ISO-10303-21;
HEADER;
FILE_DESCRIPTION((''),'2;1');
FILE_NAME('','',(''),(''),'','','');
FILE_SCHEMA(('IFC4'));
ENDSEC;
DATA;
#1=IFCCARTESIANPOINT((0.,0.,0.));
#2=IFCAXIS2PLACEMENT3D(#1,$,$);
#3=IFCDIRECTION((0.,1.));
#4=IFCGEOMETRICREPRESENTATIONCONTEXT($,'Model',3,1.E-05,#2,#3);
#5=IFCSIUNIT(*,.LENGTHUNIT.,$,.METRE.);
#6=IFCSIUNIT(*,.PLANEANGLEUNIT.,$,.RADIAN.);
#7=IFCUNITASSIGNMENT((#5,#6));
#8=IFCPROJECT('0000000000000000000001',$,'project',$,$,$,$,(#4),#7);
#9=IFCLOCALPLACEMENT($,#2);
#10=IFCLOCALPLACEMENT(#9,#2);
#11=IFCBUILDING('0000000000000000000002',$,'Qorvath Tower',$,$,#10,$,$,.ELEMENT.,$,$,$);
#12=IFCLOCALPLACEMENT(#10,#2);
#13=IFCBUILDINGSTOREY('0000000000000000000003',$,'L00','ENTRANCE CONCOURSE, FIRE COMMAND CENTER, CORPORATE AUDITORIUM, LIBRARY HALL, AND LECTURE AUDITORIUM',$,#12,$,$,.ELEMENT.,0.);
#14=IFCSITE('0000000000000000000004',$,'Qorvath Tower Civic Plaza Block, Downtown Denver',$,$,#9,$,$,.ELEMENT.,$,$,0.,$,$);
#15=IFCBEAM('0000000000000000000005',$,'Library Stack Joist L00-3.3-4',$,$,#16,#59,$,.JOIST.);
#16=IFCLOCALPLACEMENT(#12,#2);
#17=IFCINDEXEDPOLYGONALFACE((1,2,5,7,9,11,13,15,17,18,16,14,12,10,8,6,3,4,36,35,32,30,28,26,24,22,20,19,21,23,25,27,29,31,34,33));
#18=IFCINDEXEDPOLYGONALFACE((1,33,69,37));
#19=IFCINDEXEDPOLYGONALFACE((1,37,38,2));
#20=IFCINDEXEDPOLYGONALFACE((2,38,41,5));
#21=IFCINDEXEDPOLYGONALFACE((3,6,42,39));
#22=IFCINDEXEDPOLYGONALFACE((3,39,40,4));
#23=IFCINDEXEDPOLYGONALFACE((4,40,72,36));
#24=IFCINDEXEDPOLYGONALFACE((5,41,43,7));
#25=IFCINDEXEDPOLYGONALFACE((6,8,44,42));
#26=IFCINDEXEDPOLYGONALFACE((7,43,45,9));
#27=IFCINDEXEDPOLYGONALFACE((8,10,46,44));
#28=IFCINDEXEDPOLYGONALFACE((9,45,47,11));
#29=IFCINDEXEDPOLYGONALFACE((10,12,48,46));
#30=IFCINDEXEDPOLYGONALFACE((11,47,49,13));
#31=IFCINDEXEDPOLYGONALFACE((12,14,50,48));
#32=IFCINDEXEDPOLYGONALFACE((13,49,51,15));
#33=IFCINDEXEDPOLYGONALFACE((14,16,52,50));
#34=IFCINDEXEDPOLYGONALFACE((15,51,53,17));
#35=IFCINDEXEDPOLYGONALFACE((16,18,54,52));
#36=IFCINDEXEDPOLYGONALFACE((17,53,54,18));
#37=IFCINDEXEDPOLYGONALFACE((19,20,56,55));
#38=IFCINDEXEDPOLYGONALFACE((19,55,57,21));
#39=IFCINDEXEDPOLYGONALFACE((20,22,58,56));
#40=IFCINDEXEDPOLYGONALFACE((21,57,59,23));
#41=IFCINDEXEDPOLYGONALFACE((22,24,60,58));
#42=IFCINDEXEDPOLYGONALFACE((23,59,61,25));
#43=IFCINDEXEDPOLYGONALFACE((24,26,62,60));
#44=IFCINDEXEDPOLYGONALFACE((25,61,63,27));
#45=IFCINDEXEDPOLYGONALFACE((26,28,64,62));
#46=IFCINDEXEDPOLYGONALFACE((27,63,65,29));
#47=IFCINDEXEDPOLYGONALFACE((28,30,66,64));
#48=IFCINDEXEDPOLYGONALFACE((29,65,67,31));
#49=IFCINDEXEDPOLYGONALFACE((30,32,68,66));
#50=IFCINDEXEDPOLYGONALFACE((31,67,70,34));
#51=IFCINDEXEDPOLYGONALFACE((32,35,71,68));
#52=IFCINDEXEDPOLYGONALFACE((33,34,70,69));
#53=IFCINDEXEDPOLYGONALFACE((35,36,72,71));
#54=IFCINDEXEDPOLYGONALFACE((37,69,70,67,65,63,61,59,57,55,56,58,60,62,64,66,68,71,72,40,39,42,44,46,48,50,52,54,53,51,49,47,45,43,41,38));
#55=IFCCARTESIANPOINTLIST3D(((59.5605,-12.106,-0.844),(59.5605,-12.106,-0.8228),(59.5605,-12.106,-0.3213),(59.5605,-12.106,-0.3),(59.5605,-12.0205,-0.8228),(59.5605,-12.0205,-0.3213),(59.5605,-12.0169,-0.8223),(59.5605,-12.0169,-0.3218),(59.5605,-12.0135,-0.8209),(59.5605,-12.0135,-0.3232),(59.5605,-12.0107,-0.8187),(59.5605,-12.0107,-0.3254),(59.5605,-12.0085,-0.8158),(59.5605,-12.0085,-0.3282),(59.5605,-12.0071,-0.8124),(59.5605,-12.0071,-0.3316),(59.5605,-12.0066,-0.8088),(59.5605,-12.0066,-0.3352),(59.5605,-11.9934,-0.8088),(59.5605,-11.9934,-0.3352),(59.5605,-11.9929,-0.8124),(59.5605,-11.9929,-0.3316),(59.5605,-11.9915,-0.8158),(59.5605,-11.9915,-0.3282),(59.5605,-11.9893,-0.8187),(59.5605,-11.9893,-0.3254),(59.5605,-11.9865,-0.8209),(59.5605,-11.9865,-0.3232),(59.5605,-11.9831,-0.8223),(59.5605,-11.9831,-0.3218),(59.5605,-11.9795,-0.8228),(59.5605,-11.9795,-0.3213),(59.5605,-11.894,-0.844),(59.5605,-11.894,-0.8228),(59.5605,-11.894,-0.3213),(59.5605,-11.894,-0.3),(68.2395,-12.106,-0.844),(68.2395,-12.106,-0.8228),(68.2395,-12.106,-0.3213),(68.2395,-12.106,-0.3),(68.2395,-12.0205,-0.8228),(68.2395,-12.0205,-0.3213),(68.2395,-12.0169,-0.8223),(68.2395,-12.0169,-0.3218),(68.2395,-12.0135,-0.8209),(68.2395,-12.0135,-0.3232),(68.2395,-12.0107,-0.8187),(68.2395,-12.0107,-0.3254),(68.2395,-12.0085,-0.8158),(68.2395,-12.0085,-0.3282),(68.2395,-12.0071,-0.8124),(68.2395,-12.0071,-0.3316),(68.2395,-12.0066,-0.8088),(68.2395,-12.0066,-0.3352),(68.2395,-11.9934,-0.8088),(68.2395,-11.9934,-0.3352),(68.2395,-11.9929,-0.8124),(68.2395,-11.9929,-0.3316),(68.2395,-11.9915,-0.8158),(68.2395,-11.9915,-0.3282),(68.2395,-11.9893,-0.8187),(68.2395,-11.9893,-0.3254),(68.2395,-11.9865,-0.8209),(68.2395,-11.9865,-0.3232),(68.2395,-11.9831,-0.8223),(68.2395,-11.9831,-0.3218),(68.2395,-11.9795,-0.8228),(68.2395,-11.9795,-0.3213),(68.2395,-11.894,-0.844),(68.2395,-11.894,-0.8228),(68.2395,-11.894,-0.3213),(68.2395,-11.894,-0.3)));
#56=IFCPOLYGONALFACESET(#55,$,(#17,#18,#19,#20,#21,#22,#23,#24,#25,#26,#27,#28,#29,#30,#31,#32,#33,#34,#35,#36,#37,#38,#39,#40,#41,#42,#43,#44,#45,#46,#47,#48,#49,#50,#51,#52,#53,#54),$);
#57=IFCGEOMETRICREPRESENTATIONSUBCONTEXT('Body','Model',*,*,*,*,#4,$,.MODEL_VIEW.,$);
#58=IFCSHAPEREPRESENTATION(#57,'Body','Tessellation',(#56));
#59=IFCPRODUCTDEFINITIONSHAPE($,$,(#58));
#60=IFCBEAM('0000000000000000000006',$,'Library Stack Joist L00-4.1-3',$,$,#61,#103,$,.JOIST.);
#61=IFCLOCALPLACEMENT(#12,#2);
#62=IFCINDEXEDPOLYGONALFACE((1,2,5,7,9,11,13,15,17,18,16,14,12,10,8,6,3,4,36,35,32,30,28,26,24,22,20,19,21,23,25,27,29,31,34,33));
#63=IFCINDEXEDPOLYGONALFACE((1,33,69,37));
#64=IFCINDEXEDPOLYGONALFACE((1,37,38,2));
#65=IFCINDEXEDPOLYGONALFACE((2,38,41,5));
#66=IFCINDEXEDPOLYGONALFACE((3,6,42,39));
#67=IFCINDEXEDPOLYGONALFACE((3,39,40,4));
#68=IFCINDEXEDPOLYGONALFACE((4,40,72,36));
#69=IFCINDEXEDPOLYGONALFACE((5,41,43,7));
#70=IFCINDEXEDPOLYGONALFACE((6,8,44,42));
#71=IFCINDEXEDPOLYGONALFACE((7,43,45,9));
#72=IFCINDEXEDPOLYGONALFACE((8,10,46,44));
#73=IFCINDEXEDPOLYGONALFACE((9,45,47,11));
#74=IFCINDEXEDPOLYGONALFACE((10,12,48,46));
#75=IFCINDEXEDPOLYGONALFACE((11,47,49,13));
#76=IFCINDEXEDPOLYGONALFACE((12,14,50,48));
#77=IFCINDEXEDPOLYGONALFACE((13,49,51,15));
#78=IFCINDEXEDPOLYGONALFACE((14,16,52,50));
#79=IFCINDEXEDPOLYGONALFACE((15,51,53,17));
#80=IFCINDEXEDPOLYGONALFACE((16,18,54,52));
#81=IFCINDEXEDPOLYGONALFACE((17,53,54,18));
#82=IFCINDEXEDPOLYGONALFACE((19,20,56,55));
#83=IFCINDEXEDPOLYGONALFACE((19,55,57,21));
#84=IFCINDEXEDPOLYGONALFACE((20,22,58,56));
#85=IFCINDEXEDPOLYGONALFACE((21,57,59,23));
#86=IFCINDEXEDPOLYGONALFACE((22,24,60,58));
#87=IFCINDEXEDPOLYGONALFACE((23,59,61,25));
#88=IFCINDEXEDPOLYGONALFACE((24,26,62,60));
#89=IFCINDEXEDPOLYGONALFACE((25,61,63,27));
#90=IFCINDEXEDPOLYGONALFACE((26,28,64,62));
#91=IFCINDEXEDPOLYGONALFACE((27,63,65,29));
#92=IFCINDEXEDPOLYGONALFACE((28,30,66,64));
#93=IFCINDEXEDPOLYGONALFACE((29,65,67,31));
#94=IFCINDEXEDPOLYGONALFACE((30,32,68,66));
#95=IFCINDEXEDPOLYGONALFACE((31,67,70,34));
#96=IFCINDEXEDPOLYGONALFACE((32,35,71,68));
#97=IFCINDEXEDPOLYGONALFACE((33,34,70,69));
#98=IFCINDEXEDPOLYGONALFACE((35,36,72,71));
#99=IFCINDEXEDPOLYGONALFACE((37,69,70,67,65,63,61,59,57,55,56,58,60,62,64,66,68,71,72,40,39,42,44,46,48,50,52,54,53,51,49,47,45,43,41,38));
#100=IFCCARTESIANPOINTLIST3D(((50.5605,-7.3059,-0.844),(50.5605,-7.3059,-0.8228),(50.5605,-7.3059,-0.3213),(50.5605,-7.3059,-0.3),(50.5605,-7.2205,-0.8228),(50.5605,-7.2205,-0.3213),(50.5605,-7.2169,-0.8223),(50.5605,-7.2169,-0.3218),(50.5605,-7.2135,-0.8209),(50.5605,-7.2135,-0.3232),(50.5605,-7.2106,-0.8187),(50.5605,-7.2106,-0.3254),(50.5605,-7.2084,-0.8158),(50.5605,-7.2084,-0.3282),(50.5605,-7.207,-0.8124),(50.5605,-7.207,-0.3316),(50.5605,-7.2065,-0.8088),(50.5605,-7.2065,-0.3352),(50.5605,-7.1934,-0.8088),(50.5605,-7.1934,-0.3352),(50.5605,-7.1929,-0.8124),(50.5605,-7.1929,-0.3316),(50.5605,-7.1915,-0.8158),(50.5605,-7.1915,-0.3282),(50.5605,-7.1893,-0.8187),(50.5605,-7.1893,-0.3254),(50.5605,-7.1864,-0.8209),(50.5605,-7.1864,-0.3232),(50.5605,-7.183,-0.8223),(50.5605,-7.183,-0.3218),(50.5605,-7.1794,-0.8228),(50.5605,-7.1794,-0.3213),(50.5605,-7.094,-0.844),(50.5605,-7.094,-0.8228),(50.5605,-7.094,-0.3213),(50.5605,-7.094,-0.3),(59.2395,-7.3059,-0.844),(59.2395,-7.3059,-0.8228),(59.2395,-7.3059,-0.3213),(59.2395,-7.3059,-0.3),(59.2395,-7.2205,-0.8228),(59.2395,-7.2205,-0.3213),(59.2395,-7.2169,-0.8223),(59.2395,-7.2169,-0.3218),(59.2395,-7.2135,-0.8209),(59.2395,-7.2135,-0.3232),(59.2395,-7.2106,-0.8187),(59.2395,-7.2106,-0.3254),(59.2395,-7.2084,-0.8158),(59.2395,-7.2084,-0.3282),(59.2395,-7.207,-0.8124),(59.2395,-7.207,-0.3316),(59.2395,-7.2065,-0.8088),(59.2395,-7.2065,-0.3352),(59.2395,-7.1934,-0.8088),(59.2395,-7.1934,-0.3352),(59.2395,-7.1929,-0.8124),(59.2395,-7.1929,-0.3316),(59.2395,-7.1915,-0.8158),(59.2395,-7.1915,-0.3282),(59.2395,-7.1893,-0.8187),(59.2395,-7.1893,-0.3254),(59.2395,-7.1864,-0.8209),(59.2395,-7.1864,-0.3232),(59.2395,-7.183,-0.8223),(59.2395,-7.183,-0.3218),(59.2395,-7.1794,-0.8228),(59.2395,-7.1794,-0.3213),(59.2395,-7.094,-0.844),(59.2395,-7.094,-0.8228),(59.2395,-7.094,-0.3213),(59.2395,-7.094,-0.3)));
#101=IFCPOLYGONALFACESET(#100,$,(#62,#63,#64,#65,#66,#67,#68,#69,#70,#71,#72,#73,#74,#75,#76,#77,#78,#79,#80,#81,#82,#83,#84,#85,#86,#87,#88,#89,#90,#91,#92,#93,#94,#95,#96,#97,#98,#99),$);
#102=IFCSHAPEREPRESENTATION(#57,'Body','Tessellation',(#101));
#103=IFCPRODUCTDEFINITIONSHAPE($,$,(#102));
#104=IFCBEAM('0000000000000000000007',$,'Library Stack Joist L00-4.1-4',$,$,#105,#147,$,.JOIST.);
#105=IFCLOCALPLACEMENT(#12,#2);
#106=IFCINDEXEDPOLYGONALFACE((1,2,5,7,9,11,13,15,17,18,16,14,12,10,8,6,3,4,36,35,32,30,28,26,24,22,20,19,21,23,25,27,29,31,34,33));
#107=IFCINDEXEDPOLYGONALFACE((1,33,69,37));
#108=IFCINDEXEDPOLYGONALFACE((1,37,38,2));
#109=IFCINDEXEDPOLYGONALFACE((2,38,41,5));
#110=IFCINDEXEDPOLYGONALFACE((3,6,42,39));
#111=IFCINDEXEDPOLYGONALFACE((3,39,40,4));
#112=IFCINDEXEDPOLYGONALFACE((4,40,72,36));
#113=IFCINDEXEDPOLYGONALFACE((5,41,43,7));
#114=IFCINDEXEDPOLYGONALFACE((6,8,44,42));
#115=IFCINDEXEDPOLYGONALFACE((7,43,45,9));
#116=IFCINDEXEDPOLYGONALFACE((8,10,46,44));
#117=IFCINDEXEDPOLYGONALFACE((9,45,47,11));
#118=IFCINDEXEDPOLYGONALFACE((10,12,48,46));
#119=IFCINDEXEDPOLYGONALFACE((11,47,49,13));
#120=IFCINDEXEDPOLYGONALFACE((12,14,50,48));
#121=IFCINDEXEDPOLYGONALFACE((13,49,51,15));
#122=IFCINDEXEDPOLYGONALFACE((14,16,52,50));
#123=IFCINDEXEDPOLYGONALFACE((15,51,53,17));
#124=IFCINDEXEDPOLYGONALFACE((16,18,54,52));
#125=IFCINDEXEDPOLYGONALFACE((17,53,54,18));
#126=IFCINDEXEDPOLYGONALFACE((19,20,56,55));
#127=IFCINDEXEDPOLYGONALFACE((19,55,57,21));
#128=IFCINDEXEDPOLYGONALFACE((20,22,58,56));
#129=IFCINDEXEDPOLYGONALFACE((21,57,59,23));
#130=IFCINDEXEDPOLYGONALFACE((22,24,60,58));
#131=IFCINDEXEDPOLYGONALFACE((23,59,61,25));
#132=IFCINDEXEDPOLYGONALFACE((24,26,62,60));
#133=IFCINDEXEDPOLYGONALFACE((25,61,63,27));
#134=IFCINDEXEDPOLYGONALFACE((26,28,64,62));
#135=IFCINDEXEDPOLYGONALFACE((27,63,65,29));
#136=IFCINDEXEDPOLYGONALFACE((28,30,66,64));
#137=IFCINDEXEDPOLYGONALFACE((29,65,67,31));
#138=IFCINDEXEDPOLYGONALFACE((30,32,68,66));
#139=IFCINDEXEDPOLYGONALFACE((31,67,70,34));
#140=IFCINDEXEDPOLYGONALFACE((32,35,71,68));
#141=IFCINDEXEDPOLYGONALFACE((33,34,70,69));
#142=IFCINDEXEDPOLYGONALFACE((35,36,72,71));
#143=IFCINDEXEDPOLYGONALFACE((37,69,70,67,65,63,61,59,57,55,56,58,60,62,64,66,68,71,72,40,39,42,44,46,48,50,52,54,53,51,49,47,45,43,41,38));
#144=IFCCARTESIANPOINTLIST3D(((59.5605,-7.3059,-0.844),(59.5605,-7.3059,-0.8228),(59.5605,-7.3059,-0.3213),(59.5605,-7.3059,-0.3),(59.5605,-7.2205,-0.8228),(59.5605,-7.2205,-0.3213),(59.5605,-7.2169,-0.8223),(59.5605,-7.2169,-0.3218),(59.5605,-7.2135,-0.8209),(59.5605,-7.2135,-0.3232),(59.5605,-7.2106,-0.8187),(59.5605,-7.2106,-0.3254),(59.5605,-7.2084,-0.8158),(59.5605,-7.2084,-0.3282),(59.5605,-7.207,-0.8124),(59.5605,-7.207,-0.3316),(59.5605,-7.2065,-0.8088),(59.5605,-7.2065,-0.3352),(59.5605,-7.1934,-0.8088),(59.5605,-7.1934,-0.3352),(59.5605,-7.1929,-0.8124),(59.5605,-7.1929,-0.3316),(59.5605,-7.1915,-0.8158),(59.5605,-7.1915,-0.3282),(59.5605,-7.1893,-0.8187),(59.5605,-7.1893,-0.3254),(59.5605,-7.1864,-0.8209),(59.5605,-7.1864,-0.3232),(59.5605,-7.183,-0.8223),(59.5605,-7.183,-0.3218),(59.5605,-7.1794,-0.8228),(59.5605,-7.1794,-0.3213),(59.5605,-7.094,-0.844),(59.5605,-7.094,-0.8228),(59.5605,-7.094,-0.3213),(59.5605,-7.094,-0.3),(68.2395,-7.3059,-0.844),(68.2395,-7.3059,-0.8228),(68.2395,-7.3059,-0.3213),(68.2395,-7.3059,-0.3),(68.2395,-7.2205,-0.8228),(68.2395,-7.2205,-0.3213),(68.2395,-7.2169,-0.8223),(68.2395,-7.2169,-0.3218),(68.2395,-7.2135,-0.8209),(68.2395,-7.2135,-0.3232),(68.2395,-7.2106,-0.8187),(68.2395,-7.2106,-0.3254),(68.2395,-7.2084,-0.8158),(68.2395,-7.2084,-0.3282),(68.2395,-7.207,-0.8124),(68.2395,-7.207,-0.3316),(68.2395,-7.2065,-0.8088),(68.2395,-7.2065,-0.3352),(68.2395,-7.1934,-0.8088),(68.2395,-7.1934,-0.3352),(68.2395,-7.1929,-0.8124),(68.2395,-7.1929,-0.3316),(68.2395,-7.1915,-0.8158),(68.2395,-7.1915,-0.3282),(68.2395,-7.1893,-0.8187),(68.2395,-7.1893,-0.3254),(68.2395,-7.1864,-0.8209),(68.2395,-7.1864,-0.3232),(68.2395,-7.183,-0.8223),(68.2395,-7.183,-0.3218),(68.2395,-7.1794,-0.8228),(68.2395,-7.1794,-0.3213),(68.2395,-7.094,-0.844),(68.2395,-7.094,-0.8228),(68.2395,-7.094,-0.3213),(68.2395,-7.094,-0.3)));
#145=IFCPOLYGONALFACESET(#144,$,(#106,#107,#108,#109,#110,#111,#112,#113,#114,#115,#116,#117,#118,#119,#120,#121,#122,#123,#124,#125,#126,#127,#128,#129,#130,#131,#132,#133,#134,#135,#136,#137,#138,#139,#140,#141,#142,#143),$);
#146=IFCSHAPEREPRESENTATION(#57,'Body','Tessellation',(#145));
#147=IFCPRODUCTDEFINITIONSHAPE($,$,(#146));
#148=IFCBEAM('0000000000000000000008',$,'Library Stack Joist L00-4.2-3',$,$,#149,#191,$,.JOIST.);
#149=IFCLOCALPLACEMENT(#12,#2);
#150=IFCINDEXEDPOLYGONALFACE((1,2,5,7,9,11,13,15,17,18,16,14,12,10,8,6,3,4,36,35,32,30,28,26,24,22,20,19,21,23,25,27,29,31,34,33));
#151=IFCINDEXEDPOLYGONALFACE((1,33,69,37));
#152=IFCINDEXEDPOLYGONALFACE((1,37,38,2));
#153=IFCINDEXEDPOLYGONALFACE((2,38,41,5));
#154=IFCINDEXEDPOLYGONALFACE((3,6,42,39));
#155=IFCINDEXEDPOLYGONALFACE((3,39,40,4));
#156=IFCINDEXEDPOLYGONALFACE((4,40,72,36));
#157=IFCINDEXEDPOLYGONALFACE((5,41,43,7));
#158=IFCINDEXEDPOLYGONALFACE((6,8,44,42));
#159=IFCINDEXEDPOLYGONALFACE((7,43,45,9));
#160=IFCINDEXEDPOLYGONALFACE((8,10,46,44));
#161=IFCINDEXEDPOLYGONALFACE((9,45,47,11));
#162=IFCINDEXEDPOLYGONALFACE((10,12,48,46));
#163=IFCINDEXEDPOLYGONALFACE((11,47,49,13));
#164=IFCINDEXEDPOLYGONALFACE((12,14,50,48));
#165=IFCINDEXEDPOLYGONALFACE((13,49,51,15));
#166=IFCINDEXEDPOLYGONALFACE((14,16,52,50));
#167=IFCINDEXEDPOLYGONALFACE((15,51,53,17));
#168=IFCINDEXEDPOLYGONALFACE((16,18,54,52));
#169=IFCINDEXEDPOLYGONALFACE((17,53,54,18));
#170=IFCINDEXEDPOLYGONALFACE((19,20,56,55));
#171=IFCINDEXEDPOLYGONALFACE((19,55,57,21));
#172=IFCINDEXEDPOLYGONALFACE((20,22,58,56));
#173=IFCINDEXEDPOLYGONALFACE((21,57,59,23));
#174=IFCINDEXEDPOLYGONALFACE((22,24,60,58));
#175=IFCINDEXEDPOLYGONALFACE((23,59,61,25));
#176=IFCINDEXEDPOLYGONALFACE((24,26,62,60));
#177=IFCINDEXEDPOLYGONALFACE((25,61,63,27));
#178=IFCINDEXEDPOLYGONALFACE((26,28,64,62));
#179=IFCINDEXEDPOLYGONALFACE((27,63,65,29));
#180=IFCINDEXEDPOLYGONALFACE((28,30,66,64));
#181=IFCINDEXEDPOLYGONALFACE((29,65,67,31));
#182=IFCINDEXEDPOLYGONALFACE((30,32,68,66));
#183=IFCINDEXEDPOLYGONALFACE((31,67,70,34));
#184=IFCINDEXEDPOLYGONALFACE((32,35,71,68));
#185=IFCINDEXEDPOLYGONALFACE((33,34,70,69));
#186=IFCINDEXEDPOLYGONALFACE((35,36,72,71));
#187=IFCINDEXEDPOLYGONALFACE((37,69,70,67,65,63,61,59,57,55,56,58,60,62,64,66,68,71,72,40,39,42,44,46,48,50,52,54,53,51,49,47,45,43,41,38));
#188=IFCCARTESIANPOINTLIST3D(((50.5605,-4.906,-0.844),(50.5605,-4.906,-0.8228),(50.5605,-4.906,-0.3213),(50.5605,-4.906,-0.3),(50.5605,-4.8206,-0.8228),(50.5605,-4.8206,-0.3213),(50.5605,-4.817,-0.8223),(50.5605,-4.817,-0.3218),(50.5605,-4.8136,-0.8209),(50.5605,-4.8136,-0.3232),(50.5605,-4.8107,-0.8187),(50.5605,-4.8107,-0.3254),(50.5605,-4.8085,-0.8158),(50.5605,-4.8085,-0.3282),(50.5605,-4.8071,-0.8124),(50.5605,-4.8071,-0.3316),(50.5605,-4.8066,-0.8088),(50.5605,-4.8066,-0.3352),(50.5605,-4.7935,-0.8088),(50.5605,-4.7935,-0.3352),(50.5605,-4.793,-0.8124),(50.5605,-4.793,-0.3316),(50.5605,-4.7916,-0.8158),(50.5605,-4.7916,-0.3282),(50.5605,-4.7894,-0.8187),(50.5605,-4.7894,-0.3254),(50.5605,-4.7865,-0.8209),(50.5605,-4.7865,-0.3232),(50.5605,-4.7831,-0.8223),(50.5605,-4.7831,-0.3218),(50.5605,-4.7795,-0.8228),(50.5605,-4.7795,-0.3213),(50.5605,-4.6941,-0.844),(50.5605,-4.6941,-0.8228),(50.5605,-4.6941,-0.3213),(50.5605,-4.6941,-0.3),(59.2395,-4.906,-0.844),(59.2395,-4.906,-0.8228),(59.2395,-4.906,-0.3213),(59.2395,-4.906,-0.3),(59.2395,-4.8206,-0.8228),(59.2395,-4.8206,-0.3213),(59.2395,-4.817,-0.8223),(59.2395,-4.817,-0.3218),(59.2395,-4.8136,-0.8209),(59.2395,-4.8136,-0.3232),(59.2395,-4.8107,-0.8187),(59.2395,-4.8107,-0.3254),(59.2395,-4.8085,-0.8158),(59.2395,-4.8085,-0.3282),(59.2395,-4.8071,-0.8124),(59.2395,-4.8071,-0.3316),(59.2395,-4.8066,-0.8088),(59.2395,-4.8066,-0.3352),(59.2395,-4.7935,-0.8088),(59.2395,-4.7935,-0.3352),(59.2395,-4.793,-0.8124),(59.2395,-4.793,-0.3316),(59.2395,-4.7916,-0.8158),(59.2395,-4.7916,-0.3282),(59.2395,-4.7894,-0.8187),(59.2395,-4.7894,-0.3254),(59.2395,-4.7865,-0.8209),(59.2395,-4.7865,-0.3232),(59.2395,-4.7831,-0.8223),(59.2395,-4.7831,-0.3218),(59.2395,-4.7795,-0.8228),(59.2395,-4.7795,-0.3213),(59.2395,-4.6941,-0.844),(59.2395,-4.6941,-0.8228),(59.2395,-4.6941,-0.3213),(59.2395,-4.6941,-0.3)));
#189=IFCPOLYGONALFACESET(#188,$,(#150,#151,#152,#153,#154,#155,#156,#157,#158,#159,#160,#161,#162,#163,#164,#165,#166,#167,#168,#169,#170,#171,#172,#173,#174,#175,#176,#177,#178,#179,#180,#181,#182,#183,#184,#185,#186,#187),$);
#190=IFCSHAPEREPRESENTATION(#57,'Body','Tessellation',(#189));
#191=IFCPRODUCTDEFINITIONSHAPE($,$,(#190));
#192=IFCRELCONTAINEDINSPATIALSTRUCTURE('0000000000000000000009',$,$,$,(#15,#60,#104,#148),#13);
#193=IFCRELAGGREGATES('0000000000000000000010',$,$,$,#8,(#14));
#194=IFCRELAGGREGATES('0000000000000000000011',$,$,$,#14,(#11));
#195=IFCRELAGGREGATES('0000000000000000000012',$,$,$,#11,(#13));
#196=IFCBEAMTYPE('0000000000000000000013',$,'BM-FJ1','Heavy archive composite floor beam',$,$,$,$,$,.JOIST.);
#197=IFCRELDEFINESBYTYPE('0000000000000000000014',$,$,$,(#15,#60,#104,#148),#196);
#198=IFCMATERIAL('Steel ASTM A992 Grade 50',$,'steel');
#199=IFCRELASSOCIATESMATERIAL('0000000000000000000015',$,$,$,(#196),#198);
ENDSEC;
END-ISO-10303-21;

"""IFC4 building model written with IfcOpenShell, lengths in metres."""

from ifc_helpers import new_model, si_unit, direction, frame, origin, origin_2d, place, context, subcontext, project, spatial, i_section, extrude, material, material_profile, profile_set, type_object, element, save


model = new_model("IFC4")

# Units and contexts
model_context = context("Model", 3, precision=1e-05, world=origin(), true_north=direction((0.0, 1.0)))
body_context = subcontext(model_context, "Body", "Model", "MODEL_VIEW")
ifc_project = project(units=[si_unit("LENGTHUNIT", "METRE"), si_unit("PLANEANGLEUNIT", "RADIAN")], contexts=[model_context])

# Site, building, storey
site_placement = place(None, origin())
site = spatial("IfcSite", under=ifc_project, at=site_placement, Name="Qorvath Tower Civic Plaza Block, Downtown Denver", CompositionType="ELEMENT", RefElevation=0.0)
building_placement = place(site_placement, origin())
building = spatial("IfcBuilding", under=site, at=building_placement, Name="Qorvath Tower", CompositionType="ELEMENT")
storey_placement = place(building_placement, origin())
storey = spatial("IfcBuildingStorey", under=building, at=storey_placement, Name="L00", Description="ENTRANCE CONCOURSE, FIRE COMMAND CENTER, CORPORATE AUDITORIUM, LIBRARY HALL, AND LECTURE AUDITORIUM", CompositionType="ELEMENT", Elevation=0.0)

# Beams
ifc_material_1 = material(Name="Steel ASTM A992 Grade 50", Category="steel")
ifc_material_profile_1 = material_profile(ifc_material_1, i_section(OverallWidth=0.2119, OverallDepth=0.5439, WebThickness=0.0132, FlangeThickness=0.0212, FilletRadius=0.0139, at=origin_2d()), Name="W21x83")
ifc_profile_set_1 = profile_set([ifc_material_profile_1], Name="Steel ASTM A992 Grade 50")
beam_type_1 = type_object("IfcBeamType", Name="BM-FJ1", Description="Heavy archive composite floor beam", PredefinedType="JOIST", material=ifc_profile_set_1)
for number, where, z_axis, x_axis, name in (
    (1, (59.5605, -12.0, -0.572), (1.0, 0.0, 0.0), (0.0, 1.0, 0.0), "Library Stack Joist L00-3.3-4"),
    (2, (50.5605, -7.2, -0.572), (1.0, 0.0, 0.0), (0.0, 1.0, 0.0), "Library Stack Joist L00-4.1-3"),
    (3, (59.5605, -7.2, -0.572), (1.0, 0.0, 0.0), (0.0, 1.0, 0.0), "Library Stack Joist L00-4.1-4"),
    (4, (50.5605, -4.8, -0.572), (1.0, 0.0, 0.0), (0.0, 1.0, 0.0), "Library Stack Joist L00-4.2-3"),
):
    element("IfcBeam", number, at=place(storey_placement, frame(where, z_axis=z_axis, x_axis=x_axis)), inside=storey, type_object=beam_type_1, Name=name, PredefinedType="JOIST", context=body_context, shape_type="SweptSolid", body=[
        extrude(i_section(OverallWidth=0.2119, OverallDepth=0.5439, WebThickness=0.0132, FlangeThickness=0.0212, FilletRadius=0.0139, at=origin_2d()), origin(), (0.0, 0.0, 1.0), 8.679),
    ])

save(model, "model.ifc")
